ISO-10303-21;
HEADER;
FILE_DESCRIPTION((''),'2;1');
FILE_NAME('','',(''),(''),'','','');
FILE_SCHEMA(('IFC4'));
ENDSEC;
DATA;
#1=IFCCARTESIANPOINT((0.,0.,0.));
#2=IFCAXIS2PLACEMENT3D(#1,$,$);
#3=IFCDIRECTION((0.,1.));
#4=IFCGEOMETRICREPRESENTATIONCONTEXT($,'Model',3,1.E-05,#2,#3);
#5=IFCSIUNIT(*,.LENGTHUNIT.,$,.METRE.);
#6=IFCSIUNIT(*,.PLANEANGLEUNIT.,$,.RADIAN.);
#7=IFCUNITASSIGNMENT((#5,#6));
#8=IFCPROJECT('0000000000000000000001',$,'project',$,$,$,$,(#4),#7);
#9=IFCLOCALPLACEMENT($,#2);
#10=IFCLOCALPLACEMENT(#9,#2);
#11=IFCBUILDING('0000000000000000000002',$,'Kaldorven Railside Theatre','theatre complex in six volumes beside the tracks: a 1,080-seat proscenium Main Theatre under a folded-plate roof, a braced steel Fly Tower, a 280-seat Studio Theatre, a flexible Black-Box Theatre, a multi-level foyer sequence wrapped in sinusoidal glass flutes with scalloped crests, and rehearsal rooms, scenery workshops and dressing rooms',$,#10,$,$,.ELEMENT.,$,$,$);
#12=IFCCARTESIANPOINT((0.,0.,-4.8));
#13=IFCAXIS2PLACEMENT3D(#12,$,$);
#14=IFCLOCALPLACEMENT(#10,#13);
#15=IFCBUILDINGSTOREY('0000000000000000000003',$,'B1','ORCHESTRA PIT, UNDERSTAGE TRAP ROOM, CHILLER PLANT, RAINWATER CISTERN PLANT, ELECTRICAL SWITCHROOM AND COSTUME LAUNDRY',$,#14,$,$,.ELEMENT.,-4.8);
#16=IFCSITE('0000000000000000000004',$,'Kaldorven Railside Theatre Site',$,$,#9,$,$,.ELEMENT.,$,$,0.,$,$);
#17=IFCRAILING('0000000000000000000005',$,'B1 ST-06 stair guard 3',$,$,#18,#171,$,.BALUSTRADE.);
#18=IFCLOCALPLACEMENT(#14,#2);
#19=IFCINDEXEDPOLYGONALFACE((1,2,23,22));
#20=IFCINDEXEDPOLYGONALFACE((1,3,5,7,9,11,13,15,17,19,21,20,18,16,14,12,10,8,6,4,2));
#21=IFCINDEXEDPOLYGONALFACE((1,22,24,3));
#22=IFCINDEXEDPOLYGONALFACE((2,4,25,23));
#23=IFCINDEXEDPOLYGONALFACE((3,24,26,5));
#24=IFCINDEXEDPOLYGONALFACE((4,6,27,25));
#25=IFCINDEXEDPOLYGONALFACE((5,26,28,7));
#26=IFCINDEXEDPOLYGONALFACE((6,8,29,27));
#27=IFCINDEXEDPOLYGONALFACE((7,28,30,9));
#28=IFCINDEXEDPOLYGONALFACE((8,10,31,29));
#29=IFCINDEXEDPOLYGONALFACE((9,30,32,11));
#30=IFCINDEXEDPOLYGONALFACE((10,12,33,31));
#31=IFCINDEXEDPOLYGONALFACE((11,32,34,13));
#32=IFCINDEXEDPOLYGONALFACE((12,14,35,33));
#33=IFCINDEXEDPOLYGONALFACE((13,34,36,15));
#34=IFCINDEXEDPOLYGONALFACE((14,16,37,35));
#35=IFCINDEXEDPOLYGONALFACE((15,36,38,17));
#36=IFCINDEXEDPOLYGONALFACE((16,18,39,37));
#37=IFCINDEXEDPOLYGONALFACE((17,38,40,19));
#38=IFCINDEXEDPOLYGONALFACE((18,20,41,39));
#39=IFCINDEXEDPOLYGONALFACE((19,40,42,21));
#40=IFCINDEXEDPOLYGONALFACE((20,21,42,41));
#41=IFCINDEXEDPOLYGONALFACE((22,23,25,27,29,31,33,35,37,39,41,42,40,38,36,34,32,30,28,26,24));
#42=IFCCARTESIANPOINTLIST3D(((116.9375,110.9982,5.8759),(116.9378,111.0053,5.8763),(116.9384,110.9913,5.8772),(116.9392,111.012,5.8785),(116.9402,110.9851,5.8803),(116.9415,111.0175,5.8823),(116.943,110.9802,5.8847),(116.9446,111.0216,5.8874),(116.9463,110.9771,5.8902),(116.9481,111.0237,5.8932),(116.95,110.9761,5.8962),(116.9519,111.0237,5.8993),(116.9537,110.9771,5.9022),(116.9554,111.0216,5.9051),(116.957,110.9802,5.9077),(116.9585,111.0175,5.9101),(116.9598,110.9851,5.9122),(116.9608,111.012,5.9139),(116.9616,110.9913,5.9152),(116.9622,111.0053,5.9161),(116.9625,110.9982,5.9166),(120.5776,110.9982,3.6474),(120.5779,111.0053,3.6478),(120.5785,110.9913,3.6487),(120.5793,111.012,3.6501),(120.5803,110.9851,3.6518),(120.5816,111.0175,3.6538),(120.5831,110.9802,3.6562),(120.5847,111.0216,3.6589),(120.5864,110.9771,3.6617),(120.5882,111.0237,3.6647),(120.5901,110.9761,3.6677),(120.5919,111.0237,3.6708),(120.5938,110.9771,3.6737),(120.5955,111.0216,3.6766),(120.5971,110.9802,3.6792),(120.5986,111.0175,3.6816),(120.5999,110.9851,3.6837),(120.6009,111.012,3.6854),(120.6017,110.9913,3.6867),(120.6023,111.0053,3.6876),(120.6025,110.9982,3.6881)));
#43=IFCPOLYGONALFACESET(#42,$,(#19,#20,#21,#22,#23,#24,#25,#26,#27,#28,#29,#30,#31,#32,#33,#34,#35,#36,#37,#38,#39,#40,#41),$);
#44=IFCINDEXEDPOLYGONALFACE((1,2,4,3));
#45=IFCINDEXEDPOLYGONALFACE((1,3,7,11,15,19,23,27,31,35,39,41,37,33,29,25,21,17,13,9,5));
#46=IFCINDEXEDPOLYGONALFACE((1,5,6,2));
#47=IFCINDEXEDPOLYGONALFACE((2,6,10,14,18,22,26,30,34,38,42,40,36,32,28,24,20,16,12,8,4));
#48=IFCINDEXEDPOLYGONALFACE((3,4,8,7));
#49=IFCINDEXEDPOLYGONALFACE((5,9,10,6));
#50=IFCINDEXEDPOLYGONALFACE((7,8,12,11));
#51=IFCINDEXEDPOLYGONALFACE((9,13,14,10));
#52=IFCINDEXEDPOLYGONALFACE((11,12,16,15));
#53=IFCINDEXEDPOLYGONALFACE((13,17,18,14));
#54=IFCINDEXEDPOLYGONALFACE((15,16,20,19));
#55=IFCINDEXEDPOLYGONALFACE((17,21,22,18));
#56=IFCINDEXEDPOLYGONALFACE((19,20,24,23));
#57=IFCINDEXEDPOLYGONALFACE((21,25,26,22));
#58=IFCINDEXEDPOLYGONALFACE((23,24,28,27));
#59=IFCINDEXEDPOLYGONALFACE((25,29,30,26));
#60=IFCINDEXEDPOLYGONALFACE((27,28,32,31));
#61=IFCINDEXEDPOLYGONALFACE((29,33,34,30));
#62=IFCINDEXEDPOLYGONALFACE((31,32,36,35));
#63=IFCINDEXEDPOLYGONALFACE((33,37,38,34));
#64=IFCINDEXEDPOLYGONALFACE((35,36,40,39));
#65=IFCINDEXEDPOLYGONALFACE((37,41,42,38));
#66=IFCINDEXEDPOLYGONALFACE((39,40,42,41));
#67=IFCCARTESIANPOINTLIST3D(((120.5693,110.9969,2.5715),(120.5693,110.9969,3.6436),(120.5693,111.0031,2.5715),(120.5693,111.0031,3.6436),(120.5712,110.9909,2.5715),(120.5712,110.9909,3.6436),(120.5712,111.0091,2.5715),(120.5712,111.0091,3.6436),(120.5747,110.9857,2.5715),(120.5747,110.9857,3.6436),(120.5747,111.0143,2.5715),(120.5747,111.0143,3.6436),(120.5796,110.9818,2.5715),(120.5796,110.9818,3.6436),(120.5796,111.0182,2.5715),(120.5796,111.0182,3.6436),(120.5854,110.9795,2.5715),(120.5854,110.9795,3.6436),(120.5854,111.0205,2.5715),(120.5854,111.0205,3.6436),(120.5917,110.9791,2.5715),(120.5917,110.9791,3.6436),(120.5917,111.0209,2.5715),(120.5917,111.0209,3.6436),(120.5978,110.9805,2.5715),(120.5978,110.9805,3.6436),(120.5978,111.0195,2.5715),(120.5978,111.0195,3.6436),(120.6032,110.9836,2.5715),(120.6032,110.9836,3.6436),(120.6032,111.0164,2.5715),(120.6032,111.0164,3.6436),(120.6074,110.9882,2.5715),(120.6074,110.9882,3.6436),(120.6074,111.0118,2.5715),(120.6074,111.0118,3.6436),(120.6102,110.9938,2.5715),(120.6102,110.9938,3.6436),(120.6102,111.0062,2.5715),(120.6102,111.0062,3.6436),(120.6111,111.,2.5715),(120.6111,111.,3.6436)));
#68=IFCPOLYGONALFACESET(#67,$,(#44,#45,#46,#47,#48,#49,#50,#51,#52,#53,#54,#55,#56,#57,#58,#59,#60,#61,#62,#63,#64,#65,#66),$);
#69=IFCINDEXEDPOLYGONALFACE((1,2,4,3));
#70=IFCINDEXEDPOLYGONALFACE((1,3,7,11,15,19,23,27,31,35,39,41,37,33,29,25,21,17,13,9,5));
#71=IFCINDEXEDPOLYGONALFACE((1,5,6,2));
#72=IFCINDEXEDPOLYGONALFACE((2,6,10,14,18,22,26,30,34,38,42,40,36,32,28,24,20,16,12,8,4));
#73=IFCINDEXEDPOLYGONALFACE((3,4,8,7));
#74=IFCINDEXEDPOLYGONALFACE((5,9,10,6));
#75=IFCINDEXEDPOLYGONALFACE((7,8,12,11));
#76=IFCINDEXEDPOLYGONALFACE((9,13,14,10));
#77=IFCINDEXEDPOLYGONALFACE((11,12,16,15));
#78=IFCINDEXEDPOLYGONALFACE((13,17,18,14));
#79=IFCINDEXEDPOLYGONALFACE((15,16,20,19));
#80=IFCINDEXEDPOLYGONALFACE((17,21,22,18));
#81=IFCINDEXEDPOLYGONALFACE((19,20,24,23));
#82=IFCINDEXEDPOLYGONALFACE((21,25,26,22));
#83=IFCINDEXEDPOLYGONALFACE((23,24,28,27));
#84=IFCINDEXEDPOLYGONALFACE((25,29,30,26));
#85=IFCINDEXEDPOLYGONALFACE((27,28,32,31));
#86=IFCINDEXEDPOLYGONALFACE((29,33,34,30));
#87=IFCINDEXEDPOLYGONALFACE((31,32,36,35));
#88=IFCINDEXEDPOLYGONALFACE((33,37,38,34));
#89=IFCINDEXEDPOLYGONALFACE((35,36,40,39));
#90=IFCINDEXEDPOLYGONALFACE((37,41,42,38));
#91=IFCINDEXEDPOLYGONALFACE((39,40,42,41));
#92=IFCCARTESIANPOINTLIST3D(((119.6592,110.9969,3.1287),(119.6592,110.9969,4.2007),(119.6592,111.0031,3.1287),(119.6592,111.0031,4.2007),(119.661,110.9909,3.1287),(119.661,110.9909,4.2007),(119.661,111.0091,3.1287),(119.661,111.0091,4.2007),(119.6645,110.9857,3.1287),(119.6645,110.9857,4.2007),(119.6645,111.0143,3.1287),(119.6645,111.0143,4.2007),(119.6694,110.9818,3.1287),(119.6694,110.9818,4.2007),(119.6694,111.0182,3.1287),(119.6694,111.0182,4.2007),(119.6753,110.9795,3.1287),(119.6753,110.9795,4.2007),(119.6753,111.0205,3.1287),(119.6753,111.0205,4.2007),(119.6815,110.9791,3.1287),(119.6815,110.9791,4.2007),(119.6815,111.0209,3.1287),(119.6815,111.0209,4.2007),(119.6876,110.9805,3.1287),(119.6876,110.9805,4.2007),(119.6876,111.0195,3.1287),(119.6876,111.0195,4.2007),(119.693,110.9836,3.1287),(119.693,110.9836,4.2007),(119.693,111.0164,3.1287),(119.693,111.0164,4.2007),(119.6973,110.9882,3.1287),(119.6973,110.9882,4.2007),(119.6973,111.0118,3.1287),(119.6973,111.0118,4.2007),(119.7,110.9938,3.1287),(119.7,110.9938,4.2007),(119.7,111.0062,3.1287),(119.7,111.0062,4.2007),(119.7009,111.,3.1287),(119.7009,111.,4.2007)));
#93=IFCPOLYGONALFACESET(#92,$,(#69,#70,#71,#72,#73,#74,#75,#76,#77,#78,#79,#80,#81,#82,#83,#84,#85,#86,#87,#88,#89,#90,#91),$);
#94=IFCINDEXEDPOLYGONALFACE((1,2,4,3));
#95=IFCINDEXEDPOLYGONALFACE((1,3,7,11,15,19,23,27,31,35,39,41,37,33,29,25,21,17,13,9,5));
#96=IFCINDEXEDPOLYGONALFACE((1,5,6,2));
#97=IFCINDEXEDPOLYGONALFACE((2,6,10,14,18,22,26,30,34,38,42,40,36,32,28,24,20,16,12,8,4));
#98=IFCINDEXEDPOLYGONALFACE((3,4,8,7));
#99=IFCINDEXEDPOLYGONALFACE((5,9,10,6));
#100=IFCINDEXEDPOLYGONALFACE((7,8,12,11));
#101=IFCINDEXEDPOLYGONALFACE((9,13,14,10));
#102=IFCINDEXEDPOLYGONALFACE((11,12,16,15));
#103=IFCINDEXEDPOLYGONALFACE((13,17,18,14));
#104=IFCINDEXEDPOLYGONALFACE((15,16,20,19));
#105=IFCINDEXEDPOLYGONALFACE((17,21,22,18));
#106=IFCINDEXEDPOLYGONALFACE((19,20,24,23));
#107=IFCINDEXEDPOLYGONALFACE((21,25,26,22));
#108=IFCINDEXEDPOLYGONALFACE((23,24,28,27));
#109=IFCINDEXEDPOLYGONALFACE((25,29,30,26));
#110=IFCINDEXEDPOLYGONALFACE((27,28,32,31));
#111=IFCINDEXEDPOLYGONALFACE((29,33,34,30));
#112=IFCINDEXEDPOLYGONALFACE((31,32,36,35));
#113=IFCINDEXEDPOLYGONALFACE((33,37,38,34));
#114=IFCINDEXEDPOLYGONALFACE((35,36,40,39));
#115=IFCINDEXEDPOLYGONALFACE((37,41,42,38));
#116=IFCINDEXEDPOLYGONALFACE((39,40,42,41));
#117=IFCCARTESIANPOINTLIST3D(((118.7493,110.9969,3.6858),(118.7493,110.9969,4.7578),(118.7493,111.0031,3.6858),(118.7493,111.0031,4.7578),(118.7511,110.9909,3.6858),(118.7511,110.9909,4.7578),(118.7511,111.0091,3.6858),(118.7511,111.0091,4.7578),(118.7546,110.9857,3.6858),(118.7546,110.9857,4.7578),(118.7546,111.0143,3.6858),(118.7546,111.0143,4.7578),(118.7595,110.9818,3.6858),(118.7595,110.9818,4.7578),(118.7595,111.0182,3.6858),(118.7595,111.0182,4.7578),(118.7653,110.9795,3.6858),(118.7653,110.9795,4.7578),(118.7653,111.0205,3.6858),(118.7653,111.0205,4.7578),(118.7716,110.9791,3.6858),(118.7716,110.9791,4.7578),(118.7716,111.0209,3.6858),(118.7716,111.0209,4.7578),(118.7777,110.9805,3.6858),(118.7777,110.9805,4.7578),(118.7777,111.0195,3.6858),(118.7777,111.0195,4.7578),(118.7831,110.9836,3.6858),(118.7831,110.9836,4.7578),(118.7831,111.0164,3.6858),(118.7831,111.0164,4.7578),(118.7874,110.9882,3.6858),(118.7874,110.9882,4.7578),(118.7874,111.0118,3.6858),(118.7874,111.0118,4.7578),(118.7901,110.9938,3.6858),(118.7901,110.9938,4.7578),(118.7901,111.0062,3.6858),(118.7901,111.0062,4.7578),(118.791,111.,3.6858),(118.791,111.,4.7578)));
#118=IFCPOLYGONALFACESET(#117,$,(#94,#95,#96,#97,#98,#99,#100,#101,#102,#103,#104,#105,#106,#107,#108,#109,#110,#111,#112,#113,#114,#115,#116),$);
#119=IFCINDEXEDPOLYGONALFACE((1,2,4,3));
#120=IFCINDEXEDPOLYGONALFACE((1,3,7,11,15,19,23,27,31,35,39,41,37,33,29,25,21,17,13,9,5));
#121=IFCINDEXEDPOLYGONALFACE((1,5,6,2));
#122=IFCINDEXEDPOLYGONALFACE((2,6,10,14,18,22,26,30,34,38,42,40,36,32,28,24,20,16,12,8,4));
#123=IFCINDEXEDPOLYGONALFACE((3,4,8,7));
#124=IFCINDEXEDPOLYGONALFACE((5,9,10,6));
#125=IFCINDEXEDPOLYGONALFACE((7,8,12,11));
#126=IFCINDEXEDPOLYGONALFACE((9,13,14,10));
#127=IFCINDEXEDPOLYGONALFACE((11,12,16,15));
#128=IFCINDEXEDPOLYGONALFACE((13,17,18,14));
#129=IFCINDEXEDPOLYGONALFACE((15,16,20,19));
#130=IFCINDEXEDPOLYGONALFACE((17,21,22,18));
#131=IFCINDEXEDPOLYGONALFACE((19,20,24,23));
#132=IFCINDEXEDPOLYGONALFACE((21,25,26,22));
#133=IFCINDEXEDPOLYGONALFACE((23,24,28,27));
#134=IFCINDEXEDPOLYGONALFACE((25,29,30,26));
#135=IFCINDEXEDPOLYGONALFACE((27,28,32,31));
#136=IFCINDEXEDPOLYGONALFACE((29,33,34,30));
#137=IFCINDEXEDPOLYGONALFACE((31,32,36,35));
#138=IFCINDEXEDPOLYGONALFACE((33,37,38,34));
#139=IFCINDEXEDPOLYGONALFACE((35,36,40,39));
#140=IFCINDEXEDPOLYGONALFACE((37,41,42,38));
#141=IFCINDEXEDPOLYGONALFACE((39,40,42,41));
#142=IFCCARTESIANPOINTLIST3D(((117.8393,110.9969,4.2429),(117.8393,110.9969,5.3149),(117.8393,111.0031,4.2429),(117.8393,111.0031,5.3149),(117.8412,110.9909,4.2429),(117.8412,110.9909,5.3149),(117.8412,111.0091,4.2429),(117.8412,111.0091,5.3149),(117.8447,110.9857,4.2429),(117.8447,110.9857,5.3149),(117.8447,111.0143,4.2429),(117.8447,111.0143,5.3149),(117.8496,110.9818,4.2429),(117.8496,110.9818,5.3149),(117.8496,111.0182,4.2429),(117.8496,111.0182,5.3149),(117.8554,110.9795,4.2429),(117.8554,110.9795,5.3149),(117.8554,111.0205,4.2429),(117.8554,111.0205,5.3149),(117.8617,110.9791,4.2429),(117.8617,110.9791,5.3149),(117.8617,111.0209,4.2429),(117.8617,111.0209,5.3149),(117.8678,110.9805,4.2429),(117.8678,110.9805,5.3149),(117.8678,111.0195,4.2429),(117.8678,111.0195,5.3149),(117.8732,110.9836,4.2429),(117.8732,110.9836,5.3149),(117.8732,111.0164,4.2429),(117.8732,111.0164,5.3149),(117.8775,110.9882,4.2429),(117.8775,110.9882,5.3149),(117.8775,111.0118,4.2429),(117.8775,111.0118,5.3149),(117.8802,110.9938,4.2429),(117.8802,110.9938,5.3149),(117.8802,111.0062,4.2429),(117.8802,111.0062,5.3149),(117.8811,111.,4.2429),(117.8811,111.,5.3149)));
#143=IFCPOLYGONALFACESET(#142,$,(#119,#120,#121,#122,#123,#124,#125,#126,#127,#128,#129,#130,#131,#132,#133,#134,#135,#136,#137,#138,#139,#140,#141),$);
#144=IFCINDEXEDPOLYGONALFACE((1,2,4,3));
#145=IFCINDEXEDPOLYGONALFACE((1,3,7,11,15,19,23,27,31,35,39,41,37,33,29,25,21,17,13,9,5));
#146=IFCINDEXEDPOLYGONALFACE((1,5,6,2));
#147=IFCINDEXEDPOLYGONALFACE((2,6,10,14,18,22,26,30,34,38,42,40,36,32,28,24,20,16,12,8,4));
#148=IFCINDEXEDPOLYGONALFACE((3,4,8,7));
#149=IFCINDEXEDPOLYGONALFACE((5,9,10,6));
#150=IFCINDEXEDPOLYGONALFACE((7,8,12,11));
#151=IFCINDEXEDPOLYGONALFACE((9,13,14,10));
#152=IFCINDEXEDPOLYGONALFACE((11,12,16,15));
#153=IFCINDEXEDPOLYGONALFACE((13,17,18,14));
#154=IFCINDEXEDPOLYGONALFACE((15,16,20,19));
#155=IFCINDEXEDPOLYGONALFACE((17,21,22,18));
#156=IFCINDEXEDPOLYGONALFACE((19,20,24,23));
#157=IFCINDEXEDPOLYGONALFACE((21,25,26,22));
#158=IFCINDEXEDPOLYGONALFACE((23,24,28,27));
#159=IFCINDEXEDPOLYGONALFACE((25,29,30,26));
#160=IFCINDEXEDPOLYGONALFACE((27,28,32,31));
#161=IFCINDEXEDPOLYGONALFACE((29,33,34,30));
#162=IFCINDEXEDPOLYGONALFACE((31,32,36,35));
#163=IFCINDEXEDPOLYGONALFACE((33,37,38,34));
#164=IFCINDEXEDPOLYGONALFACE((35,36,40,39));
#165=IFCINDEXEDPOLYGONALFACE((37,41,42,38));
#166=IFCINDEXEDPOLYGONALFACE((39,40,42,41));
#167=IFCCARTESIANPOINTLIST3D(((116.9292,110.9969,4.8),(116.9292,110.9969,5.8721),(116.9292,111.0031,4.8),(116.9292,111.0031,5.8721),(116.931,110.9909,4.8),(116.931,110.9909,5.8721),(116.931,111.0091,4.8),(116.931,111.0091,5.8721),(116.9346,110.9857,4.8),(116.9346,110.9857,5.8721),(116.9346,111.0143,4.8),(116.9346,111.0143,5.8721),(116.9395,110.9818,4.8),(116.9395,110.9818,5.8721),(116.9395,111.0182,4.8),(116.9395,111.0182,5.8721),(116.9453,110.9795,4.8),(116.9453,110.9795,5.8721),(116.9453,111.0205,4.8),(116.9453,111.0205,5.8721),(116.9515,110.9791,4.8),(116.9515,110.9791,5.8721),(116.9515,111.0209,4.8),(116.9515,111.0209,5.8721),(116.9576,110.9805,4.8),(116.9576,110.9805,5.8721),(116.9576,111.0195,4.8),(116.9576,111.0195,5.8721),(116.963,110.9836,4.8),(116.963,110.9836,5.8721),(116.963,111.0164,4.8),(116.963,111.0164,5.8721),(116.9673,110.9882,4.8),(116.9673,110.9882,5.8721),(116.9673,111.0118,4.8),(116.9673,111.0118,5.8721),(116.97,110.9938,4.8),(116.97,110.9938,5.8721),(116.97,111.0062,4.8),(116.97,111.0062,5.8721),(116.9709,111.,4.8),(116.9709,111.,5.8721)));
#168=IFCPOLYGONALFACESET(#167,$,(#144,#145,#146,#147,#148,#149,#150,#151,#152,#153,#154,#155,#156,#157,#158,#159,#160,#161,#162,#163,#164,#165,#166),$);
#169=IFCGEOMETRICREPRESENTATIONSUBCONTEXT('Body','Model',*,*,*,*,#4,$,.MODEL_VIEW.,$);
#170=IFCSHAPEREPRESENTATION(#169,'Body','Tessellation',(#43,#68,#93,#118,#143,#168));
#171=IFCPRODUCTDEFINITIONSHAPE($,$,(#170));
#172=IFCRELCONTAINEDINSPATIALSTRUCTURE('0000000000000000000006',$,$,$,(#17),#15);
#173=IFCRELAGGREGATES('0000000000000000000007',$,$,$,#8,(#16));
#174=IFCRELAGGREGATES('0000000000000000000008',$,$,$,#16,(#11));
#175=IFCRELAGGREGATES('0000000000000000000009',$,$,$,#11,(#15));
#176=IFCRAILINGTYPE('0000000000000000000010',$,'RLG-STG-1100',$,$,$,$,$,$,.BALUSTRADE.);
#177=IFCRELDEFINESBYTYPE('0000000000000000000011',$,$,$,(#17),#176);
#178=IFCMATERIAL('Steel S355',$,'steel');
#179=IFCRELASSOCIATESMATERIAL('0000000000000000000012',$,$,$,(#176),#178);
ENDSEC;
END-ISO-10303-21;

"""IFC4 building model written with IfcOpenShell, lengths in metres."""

from ifc_helpers import new_model, si_unit, direction, frame, origin, origin_2d, place, context, subcontext, project, spatial, circle, extrude, material, type_object, element, save


model = new_model("IFC4")

# Units and contexts
model_context = context("Model", 3, precision=1e-05, world=origin(), true_north=direction((0.0, 1.0)))
body_context = subcontext(model_context, "Body", "Model", "MODEL_VIEW")
ifc_project = project(units=[si_unit("LENGTHUNIT", "METRE"), si_unit("PLANEANGLEUNIT", "RADIAN")], contexts=[model_context])

# Site, building, storey
site_placement = place(None, origin())
site = spatial("IfcSite", under=ifc_project, at=site_placement, Name="Kaldorven Railside Theatre Site", CompositionType="ELEMENT", RefElevation=0.0)
building_placement = place(site_placement, origin())
building = spatial("IfcBuilding", under=site, at=building_placement, Name="Kaldorven Railside Theatre", Description="theatre complex in six volumes beside the tracks: a 1,080-seat proscenium Main Theatre under a folded-plate roof, a braced steel Fly Tower, a 280-seat Studio Theatre, a flexible Black-Box Theatre, a multi-level foyer sequence wrapped in sinusoidal glass flutes with scalloped crests, and rehearsal rooms, scenery workshops and dressing rooms", CompositionType="ELEMENT")
storey_placement = place(building_placement, frame((0.0, 0.0, -4.8)))
storey = spatial("IfcBuildingStorey", under=building, at=storey_placement, Name="B1", Description="ORCHESTRA PIT, UNDERSTAGE TRAP ROOM, CHILLER PLANT, RAINWATER CISTERN PLANT, ELECTRICAL SWITCHROOM AND COSTUME LAUNDRY", CompositionType="ELEMENT", Elevation=-4.8)

# Railing
ifc_material_1 = material(Name="Steel S355", Category="steel")
railing_type_1 = type_object("IfcRailingType", Name="RLG-STG-1100", PredefinedType="BALUSTRADE", material=ifc_material_1)
railing_1_placement = place(storey_placement, frame((120.5901, 111.0, 2.5715)))
element("IfcRailing", 1, at=railing_1_placement, inside=storey, type_object=railing_type_1, Name="B1 ST-06 stair guard 3", PredefinedType="BALUSTRADE", context=body_context, shape_type="SweptSolid", body=[
    extrude(circle(Radius=0.0239, at=origin_2d()), frame((0.0, 0.0, 1.0962), z_axis=(-0.852866, 0.0, 0.52213), x_axis=(0.0, -1.0, 0.0)), (0.0, 0.0, 1.0), 4.2681),
    extrude(circle(Radius=0.021, at=origin_2d()), origin(), (0.0, 0.0, 1.0), 1.072),
    extrude(circle(Radius=0.021, at=origin_2d()), frame((-0.9102, 0.0, 0.5571)), (0.0, 0.0, 1.0), 1.072),
    extrude(circle(Radius=0.021, at=origin_2d()), frame((-1.8201, 0.0, 1.1143)), (0.0, 0.0, 1.0), 1.072),
    extrude(circle(Radius=0.021, at=origin_2d()), frame((-2.73, 0.0, 1.6714)), (0.0, 0.0, 1.0), 1.072),
    extrude(circle(Radius=0.021, at=origin_2d()), frame((-3.6401, 0.0, 2.2285)), (0.0, 0.0, 1.0), 1.072),
])

save(model, "model.ifc")
